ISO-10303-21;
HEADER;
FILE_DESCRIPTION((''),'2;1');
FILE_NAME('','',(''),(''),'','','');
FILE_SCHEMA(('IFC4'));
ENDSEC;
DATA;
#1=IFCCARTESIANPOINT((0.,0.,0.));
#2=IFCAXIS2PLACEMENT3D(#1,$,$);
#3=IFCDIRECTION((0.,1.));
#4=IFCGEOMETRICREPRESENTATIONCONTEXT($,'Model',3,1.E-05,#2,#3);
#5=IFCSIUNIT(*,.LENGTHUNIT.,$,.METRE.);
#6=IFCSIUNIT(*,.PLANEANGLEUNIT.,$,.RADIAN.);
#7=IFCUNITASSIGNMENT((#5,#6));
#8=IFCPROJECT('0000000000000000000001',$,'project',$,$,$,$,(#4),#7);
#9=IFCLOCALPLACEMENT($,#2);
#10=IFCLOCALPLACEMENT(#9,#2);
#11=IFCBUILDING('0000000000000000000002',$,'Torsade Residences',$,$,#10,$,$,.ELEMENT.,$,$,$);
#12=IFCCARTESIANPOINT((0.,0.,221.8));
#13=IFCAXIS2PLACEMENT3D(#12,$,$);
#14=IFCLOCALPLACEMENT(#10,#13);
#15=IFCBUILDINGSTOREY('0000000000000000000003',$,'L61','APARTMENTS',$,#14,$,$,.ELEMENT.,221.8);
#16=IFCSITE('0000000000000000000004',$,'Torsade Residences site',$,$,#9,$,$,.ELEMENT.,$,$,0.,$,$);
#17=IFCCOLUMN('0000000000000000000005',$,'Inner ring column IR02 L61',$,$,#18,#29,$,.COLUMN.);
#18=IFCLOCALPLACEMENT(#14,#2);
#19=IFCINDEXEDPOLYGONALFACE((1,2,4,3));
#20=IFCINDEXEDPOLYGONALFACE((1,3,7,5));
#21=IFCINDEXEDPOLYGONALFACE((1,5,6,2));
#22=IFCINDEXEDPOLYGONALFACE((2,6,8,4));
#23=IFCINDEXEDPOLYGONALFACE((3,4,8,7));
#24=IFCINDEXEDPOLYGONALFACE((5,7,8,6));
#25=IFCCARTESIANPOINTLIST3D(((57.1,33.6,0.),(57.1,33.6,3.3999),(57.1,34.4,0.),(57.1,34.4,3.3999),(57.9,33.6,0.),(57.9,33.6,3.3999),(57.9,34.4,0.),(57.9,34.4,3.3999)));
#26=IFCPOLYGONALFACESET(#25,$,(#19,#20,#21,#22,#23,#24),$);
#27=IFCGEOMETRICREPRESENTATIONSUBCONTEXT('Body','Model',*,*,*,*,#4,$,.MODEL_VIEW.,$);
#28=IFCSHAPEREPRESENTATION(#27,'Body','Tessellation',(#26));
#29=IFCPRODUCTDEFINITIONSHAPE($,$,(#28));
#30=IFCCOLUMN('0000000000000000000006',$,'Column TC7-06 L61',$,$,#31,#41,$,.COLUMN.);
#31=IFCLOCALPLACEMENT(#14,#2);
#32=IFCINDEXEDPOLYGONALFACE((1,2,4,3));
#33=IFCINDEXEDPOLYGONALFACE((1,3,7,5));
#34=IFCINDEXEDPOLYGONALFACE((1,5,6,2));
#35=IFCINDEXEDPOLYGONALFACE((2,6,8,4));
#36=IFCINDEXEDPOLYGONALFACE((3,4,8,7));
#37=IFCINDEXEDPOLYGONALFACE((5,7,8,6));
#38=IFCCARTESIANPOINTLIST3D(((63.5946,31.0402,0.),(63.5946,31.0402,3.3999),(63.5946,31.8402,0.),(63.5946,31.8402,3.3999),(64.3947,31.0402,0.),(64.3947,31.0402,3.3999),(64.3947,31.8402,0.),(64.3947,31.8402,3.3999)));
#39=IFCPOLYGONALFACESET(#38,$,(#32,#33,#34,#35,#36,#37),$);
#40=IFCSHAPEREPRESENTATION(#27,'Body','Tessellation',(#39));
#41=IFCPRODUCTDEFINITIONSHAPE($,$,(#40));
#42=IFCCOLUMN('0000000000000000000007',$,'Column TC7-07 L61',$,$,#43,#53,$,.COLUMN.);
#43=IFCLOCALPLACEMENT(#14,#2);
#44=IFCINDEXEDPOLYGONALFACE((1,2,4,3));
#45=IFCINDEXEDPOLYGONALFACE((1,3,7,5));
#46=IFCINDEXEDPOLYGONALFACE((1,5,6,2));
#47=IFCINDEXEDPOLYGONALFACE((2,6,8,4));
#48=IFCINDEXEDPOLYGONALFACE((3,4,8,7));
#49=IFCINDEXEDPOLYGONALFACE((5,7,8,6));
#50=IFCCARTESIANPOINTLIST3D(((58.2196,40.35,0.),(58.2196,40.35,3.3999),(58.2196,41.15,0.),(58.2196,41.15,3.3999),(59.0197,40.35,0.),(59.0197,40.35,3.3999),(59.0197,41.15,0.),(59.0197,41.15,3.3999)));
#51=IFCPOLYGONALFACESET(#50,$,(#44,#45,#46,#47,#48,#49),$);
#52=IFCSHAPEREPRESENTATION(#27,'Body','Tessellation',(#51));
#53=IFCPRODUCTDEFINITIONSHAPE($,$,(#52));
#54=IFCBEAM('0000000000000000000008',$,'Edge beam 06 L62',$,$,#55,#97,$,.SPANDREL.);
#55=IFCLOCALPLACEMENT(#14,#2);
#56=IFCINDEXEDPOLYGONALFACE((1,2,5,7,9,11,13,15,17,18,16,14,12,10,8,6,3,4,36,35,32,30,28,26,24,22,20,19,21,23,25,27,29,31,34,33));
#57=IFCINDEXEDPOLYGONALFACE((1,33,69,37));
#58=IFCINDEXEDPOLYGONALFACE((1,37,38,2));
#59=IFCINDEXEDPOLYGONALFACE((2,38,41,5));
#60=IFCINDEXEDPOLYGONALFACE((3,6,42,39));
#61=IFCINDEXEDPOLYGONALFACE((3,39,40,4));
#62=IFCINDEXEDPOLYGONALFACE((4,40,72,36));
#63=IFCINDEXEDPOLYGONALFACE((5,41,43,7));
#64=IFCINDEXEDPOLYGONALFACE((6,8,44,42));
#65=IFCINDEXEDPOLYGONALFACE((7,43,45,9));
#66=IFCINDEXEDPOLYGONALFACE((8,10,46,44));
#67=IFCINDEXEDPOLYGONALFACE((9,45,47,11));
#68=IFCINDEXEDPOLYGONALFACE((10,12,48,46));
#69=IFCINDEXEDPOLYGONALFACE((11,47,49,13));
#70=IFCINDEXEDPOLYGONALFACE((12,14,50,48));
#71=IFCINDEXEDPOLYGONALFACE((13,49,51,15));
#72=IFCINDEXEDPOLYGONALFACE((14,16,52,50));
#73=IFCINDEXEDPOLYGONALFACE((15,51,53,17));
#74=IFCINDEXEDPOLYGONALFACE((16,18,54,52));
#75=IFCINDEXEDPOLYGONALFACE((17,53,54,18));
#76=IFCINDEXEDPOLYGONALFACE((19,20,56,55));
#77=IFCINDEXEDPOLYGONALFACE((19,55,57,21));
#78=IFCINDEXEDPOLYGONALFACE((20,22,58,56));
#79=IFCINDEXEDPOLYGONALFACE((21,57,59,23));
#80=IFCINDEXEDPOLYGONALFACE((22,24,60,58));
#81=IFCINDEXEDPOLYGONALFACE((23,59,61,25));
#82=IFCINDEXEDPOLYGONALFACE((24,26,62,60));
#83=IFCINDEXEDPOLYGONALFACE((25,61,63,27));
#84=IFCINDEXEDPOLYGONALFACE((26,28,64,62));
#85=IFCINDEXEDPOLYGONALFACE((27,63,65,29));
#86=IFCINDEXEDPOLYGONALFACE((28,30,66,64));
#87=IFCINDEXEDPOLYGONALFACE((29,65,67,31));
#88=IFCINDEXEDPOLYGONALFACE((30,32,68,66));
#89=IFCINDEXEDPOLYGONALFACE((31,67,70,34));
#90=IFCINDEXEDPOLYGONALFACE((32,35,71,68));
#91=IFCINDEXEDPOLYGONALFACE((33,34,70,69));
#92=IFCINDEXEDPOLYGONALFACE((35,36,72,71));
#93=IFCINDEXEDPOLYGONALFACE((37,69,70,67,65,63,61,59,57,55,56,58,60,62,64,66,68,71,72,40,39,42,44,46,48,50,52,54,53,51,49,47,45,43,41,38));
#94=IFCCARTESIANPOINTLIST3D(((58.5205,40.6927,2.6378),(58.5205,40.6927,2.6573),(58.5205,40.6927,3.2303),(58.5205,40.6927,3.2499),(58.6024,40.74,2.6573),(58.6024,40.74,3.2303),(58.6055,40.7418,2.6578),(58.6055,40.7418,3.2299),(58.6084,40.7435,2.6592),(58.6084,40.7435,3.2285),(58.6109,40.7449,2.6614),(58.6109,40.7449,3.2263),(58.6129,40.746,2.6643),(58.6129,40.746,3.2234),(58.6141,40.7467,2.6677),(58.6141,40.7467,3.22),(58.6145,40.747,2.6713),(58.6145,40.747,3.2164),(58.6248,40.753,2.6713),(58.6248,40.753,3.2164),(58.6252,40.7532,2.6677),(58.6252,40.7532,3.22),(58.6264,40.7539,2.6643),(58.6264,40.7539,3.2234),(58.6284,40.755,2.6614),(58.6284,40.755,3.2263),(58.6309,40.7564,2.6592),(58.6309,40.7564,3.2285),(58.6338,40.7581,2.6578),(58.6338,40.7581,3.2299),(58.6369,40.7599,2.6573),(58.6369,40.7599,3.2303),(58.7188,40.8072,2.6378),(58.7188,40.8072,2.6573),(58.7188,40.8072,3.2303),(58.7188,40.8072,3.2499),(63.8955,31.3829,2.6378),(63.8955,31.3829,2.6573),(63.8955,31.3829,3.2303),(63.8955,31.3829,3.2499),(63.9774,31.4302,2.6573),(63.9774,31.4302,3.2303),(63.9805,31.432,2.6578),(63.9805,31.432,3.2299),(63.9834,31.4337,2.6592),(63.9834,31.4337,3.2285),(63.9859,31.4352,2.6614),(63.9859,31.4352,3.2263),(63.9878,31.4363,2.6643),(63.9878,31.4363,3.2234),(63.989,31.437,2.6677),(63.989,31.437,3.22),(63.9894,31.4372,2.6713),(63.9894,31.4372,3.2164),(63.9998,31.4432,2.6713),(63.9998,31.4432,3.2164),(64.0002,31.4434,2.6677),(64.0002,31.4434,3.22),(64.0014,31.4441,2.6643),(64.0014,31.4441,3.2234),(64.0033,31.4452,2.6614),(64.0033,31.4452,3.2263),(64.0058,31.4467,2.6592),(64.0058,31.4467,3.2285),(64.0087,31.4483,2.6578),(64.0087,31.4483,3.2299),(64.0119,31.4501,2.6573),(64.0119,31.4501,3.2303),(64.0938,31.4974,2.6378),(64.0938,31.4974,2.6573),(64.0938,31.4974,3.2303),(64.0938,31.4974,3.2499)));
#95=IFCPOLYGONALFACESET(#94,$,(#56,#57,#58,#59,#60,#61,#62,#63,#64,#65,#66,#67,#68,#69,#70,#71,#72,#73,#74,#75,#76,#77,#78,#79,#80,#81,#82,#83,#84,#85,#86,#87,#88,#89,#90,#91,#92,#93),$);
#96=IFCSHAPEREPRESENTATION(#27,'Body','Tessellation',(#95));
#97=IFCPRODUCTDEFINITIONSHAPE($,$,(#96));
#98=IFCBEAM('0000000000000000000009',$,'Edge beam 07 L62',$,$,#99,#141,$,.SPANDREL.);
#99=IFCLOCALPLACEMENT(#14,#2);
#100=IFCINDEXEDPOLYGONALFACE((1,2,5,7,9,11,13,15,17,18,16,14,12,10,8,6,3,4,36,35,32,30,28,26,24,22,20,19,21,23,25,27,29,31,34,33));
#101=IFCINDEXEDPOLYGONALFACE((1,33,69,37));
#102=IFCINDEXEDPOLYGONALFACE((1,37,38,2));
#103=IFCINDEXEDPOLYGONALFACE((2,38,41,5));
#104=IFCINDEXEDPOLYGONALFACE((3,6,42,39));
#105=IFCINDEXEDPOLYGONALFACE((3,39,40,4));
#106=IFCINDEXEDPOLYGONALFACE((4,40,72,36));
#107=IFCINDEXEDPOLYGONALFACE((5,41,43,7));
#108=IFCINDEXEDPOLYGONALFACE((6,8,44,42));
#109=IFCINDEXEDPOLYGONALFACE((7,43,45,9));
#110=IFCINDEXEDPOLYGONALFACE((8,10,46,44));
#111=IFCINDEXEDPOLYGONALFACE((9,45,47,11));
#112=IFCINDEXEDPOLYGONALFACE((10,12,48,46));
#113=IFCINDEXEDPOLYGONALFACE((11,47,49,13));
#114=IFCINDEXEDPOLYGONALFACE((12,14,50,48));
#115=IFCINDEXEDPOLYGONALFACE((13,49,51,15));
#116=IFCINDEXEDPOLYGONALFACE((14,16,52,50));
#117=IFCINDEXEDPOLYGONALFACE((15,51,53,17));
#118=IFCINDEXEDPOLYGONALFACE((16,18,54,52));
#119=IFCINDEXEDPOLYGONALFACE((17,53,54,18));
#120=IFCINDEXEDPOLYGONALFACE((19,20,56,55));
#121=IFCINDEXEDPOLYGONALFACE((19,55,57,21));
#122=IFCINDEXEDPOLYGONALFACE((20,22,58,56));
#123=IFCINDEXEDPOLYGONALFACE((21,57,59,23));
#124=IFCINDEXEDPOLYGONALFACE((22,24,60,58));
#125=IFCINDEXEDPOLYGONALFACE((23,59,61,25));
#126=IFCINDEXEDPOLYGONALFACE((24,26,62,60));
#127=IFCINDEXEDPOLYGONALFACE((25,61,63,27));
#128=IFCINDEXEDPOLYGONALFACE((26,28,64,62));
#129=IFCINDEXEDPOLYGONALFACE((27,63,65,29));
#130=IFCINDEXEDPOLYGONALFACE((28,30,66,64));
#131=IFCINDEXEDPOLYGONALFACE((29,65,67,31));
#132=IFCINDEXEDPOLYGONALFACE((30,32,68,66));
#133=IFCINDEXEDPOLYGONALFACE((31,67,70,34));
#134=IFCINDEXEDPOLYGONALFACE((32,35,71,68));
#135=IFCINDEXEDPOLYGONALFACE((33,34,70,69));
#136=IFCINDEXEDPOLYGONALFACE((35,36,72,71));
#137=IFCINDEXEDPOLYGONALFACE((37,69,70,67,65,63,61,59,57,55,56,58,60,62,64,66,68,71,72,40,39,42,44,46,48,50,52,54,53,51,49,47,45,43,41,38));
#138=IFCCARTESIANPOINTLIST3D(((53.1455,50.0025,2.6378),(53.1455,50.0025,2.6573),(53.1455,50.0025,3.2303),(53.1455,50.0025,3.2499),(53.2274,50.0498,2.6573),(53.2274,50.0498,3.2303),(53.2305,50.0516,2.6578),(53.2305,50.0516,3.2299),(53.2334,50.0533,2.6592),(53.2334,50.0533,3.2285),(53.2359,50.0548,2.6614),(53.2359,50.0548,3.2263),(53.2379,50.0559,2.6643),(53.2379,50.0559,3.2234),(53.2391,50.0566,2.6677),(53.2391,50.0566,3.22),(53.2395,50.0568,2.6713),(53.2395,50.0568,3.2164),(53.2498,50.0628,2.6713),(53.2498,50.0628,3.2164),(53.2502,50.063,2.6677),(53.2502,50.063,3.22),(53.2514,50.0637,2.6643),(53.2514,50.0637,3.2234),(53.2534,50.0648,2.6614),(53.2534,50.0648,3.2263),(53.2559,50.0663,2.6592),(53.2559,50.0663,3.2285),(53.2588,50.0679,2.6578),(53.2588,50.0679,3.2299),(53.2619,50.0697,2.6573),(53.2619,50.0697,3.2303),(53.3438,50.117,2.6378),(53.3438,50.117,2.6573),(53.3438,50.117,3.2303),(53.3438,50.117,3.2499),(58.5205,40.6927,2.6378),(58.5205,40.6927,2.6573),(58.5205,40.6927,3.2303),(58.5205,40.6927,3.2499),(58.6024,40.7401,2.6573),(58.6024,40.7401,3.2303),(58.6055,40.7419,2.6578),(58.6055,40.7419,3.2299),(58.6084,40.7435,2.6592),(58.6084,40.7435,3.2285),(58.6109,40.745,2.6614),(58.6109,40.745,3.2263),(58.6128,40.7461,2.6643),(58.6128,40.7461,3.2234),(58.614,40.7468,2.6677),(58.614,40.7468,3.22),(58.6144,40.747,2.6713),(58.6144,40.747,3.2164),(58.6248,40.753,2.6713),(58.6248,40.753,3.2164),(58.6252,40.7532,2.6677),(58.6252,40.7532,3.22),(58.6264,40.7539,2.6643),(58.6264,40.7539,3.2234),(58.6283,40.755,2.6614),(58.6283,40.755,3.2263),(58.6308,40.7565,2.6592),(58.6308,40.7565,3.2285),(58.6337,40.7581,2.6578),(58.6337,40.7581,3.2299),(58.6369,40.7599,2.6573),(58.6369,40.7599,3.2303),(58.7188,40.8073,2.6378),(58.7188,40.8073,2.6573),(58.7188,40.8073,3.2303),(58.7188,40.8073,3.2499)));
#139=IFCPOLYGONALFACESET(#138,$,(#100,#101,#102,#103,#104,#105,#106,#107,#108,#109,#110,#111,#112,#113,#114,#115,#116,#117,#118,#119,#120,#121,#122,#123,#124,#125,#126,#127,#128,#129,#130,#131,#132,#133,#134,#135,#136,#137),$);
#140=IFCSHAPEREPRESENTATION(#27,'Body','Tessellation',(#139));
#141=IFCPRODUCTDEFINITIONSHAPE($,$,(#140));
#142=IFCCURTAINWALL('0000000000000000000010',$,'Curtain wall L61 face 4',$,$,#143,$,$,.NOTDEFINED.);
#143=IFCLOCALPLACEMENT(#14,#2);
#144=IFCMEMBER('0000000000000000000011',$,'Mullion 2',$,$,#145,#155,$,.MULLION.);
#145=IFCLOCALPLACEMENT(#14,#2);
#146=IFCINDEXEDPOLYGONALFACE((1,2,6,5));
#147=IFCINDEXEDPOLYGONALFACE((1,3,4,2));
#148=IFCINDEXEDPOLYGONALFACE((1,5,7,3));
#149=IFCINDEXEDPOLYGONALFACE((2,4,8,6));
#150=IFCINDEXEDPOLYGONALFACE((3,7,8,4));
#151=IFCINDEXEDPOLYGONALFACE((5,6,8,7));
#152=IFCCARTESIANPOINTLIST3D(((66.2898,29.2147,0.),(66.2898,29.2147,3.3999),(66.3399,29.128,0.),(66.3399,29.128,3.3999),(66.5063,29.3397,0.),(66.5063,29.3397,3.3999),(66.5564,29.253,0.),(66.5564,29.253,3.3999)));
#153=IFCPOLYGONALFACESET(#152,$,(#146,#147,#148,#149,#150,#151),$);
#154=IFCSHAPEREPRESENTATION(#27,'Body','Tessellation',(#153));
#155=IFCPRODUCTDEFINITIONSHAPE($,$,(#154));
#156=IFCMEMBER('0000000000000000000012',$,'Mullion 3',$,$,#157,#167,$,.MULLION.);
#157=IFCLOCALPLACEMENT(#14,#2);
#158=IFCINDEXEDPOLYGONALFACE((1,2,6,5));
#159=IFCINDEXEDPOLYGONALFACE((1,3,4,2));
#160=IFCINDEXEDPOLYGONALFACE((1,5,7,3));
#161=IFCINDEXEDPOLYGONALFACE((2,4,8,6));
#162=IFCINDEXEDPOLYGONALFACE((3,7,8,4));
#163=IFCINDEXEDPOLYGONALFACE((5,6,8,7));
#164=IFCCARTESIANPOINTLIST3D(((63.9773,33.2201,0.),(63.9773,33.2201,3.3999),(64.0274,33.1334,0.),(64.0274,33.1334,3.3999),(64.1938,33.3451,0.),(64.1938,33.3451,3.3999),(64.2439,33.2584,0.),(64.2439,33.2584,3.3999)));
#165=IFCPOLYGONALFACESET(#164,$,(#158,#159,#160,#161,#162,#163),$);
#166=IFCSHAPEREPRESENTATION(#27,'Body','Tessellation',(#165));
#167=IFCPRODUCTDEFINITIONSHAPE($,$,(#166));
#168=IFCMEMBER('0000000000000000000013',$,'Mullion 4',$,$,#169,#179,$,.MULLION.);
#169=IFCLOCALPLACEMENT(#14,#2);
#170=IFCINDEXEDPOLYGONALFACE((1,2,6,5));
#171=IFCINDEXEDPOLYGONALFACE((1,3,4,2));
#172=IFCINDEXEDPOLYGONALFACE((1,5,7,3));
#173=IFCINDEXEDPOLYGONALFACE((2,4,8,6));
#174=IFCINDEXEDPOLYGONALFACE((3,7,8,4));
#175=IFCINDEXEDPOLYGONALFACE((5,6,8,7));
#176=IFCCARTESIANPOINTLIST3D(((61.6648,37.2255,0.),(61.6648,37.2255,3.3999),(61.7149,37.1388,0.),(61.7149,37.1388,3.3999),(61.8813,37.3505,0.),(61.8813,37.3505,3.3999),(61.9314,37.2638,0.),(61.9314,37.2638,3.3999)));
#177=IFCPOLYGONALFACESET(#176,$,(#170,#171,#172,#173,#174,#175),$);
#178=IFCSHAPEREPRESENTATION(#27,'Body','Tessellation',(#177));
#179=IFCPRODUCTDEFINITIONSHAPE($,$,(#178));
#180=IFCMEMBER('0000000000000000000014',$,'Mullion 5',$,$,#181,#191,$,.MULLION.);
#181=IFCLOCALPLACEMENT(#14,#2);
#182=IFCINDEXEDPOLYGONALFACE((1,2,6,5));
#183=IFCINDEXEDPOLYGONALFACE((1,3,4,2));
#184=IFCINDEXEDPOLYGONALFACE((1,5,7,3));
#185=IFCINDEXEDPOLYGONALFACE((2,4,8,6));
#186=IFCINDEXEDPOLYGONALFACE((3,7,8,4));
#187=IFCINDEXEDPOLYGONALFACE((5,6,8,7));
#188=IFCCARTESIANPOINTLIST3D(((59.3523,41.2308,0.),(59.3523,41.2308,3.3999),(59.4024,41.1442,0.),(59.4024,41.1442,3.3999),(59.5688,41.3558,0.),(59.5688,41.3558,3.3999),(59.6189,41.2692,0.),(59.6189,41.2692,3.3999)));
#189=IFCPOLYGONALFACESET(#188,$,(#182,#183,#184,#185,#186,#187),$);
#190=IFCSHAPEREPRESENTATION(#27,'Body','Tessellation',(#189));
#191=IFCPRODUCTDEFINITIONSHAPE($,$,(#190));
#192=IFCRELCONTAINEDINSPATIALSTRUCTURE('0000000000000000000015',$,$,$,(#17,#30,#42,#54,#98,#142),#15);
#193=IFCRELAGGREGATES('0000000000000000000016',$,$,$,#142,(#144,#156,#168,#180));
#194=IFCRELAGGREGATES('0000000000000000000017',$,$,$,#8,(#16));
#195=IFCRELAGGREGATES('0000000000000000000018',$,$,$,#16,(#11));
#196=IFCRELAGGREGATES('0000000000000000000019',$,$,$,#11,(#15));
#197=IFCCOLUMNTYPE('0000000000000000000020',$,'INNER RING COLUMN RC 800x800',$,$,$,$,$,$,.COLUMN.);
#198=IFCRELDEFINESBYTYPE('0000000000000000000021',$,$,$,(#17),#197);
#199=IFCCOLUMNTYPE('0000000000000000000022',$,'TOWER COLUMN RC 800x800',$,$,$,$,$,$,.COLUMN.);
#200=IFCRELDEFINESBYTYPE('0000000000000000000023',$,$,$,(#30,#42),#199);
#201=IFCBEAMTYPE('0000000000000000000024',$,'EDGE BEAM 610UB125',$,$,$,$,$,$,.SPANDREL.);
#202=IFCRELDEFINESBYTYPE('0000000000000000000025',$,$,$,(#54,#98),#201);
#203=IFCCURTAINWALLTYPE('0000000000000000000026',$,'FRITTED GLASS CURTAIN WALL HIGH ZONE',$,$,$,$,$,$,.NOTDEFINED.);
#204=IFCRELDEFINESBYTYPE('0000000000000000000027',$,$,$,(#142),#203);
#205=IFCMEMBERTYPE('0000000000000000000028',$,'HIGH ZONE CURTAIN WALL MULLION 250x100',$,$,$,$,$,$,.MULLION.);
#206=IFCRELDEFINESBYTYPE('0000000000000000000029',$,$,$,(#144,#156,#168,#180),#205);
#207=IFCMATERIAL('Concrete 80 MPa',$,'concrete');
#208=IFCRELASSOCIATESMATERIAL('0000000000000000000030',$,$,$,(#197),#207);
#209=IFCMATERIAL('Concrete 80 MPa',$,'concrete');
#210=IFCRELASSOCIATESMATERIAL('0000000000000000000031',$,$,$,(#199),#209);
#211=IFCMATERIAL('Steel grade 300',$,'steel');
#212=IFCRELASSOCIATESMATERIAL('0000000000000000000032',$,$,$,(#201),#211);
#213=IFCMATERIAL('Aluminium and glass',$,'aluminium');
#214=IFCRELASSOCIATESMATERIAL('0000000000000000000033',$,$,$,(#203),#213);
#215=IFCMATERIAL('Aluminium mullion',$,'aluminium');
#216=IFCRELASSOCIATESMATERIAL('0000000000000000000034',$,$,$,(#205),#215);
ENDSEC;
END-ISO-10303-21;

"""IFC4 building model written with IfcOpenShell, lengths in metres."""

from ifc_helpers import new_model, si_unit, direction, frame, origin, origin_2d, place, context, subcontext, project, spatial, rectangle, i_section, extrude, material, material_profile, profile_set, type_object, element, aggregate, save


model = new_model("IFC4")

# Units and contexts
model_context = context("Model", 3, precision=1e-05, world=origin(), true_north=direction((0.0, 1.0)))
body_context = subcontext(model_context, "Body", "Model", "MODEL_VIEW")
ifc_project = project(units=[si_unit("LENGTHUNIT", "METRE"), si_unit("PLANEANGLEUNIT", "RADIAN")], contexts=[model_context])

# Site, building, storey
site_placement = place(None, origin())
site = spatial("IfcSite", under=ifc_project, at=site_placement, Name="Torsade Residences site", CompositionType="ELEMENT", RefElevation=0.0)
building_placement = place(site_placement, origin())
building = spatial("IfcBuilding", under=site, at=building_placement, Name="Torsade Residences", CompositionType="ELEMENT")
storey_placement = place(building_placement, frame((0.0, 0.0, 221.8)))
storey = spatial("IfcBuildingStorey", under=building, at=storey_placement, Name="L61", Description="APARTMENTS", CompositionType="ELEMENT", Elevation=221.8)

# Columns
ifc_material_1 = material(Name="Concrete 80 MPa", Category="concrete")
ifc_material_profile_1 = material_profile(ifc_material_1, rectangle(XDim=0.8, YDim=0.8, at=origin_2d()), Name="RC 800x800")
ifc_profile_set_1 = profile_set([ifc_material_profile_1], Name="Concrete 80 MPa")
column_type_1 = type_object("IfcColumnType", Name="INNER RING COLUMN RC 800x800", PredefinedType="COLUMN", material=ifc_profile_set_1)
column_placement = place(storey_placement, frame((57.5, 34.0, 0.0), z_axis=(0.0, 0.0, 1.0), x_axis=(1.0, 0.0, 0.0)))
element("IfcColumn", 1, at=column_placement, inside=storey, type_object=column_type_1, Name="Inner ring column IR02 L61", PredefinedType="COLUMN", context=body_context, shape_type="SweptSolid", body=[
    extrude(rectangle(XDim=0.8, YDim=0.8, at=origin_2d()), origin(), (0.0, 0.0, 1.0), 3.3999),
])
ifc_material_2 = material(Name="Concrete 80 MPa", Category="concrete")
ifc_material_profile_2 = material_profile(ifc_material_2, rectangle(XDim=0.8, YDim=0.8, at=origin_2d()), Name="RC 800x800")
ifc_profile_set_2 = profile_set([ifc_material_profile_2], Name="Concrete 80 MPa")
column_type_2 = type_object("IfcColumnType", Name="TOWER COLUMN RC 800x800", PredefinedType="COLUMN", material=ifc_profile_set_2)
for number, where, z_axis, x_axis, name in (
    (2, (63.9946, 31.4402, 0.0), (0.0, 0.0, 1.0), (1.0, 0.0, 0.0), "Column TC7-06 L61"),
    (3, (58.6196, 40.75, 0.0), (0.0, 0.0, 1.0), (1.0, 0.0, 0.0), "Column TC7-07 L61"),
):
    element("IfcColumn", number, at=place(storey_placement, frame(where, z_axis=z_axis, x_axis=x_axis)), inside=storey, type_object=column_type_2, Name=name, PredefinedType="COLUMN", context=body_context, shape_type="SweptSolid", body=[
        extrude(rectangle(XDim=0.8, YDim=0.8, at=origin_2d()), origin(), (0.0, 0.0, 1.0), 3.3999),
    ])

# Beams
ifc_material_3 = material(Name="Steel grade 300", Category="steel")
ifc_material_profile_3 = material_profile(ifc_material_3, i_section(OverallWidth=0.229, OverallDepth=0.6121, WebThickness=0.012, FlangeThickness=0.0195, FilletRadius=0.0139, at=origin_2d()), Name="610UB125")
ifc_profile_set_3 = profile_set([ifc_material_profile_3], Name="Steel grade 300")
beam_type_1 = type_object("IfcBeamType", Name="EDGE BEAM 610UB125", PredefinedType="SPANDREL", material=ifc_profile_set_3)
for number, where, z_axis, x_axis, name in (
    (4, (63.9946, 31.4402, 2.9438), (-0.499998, 0.866026, 0.0), (-0.866026, -0.499998, 0.0), "Edge beam 06 L62"),
    (5, (58.6196, 40.75, 2.9438), (-0.499998, 0.866026, 0.0), (-0.866026, -0.499998, 0.0), "Edge beam 07 L62"),
):
    element("IfcBeam", number, at=place(storey_placement, frame(where, z_axis=z_axis, x_axis=x_axis)), inside=storey, type_object=beam_type_1, Name=name, PredefinedType="SPANDREL", context=body_context, shape_type="SweptSolid", body=[
        extrude(i_section(OverallWidth=0.229, OverallDepth=0.6121, WebThickness=0.012, FlangeThickness=0.0195, FilletRadius=0.0139, at=origin_2d()), origin(), (0.0, 0.0, 1.0), 10.75),
    ])

# Curtain wall, members
ifc_material_4 = material(Name="Aluminium and glass", Category="aluminium")
curtain_wall_type = type_object("IfcCurtainWallType", Name="FRITTED GLASS CURTAIN WALL HIGH ZONE", PredefinedType="NOTDEFINED", material=ifc_material_4)
curtain_wall_placement = place(storey_placement, origin())
curtain_wall = element("IfcCurtainWall", 6, at=curtain_wall_placement, inside=storey, type_object=curtain_wall_type, Name="Curtain wall L61 face 4", PredefinedType="NOTDEFINED")
ifc_material_5 = material(Name="Aluminium mullion", Category="aluminium")
ifc_material_profile_4 = material_profile(ifc_material_5, rectangle(XDim=0.25, YDim=0.1001, at=origin_2d()), Name="HIGH ZONE CURTAIN WALL MULLION 250x100")
ifc_profile_set_4 = profile_set([ifc_material_profile_4], Name="Aluminium mullion")
member_type_1 = type_object("IfcMemberType", Name="HIGH ZONE CURTAIN WALL MULLION 250x100", PredefinedType="MULLION", material=ifc_profile_set_4)
member_1_placement = place(storey_placement, frame((66.4231, 29.2339, 0.0), z_axis=(0.0, 0.0, 1.0), x_axis=(-0.866025, -0.5, 0.0)))
member_1 = element("IfcMember", 7, at=member_1_placement, type_object=member_type_1, Name="Mullion 2", PredefinedType="MULLION", context=body_context, shape_type="SweptSolid", body=[
    extrude(rectangle(XDim=0.25, YDim=0.1001, at=origin_2d()), origin(), (0.0, 0.0, 1.0), 3.3999),
])
member_2_placement = place(storey_placement, frame((64.1106, 33.2393, 0.0), z_axis=(0.0, 0.0, 1.0), x_axis=(-0.866025, -0.5, 0.0)))
member_2 = element("IfcMember", 8, at=member_2_placement, type_object=member_type_1, Name="Mullion 3", PredefinedType="MULLION", context=body_context, shape_type="SweptSolid", body=[
    extrude(rectangle(XDim=0.25, YDim=0.1001, at=origin_2d()), origin(), (0.0, 0.0, 1.0), 3.3999),
])
member_3_placement = place(storey_placement, frame((61.7981, 37.2446, 0.0), z_axis=(0.0, 0.0, 1.0), x_axis=(-0.866025, -0.5, 0.0)))
member_3 = element("IfcMember", 9, at=member_3_placement, type_object=member_type_1, Name="Mullion 4", PredefinedType="MULLION", context=body_context, shape_type="SweptSolid", body=[
    extrude(rectangle(XDim=0.25, YDim=0.1001, at=origin_2d()), origin(), (0.0, 0.0, 1.0), 3.3999),
])
member_4_placement = place(storey_placement, frame((59.4856, 41.25, 0.0), z_axis=(0.0, 0.0, 1.0), x_axis=(-0.866025, -0.5, 0.0)))
member_4 = element("IfcMember", 10, at=member_4_placement, type_object=member_type_1, Name="Mullion 5", PredefinedType="MULLION", context=body_context, shape_type="SweptSolid", body=[
    extrude(rectangle(XDim=0.25, YDim=0.1001, at=origin_2d()), origin(), (0.0, 0.0, 1.0), 3.3999),
])

aggregate(curtain_wall, [member_1, member_2, member_3, member_4])

save(model, "model.ifc")
